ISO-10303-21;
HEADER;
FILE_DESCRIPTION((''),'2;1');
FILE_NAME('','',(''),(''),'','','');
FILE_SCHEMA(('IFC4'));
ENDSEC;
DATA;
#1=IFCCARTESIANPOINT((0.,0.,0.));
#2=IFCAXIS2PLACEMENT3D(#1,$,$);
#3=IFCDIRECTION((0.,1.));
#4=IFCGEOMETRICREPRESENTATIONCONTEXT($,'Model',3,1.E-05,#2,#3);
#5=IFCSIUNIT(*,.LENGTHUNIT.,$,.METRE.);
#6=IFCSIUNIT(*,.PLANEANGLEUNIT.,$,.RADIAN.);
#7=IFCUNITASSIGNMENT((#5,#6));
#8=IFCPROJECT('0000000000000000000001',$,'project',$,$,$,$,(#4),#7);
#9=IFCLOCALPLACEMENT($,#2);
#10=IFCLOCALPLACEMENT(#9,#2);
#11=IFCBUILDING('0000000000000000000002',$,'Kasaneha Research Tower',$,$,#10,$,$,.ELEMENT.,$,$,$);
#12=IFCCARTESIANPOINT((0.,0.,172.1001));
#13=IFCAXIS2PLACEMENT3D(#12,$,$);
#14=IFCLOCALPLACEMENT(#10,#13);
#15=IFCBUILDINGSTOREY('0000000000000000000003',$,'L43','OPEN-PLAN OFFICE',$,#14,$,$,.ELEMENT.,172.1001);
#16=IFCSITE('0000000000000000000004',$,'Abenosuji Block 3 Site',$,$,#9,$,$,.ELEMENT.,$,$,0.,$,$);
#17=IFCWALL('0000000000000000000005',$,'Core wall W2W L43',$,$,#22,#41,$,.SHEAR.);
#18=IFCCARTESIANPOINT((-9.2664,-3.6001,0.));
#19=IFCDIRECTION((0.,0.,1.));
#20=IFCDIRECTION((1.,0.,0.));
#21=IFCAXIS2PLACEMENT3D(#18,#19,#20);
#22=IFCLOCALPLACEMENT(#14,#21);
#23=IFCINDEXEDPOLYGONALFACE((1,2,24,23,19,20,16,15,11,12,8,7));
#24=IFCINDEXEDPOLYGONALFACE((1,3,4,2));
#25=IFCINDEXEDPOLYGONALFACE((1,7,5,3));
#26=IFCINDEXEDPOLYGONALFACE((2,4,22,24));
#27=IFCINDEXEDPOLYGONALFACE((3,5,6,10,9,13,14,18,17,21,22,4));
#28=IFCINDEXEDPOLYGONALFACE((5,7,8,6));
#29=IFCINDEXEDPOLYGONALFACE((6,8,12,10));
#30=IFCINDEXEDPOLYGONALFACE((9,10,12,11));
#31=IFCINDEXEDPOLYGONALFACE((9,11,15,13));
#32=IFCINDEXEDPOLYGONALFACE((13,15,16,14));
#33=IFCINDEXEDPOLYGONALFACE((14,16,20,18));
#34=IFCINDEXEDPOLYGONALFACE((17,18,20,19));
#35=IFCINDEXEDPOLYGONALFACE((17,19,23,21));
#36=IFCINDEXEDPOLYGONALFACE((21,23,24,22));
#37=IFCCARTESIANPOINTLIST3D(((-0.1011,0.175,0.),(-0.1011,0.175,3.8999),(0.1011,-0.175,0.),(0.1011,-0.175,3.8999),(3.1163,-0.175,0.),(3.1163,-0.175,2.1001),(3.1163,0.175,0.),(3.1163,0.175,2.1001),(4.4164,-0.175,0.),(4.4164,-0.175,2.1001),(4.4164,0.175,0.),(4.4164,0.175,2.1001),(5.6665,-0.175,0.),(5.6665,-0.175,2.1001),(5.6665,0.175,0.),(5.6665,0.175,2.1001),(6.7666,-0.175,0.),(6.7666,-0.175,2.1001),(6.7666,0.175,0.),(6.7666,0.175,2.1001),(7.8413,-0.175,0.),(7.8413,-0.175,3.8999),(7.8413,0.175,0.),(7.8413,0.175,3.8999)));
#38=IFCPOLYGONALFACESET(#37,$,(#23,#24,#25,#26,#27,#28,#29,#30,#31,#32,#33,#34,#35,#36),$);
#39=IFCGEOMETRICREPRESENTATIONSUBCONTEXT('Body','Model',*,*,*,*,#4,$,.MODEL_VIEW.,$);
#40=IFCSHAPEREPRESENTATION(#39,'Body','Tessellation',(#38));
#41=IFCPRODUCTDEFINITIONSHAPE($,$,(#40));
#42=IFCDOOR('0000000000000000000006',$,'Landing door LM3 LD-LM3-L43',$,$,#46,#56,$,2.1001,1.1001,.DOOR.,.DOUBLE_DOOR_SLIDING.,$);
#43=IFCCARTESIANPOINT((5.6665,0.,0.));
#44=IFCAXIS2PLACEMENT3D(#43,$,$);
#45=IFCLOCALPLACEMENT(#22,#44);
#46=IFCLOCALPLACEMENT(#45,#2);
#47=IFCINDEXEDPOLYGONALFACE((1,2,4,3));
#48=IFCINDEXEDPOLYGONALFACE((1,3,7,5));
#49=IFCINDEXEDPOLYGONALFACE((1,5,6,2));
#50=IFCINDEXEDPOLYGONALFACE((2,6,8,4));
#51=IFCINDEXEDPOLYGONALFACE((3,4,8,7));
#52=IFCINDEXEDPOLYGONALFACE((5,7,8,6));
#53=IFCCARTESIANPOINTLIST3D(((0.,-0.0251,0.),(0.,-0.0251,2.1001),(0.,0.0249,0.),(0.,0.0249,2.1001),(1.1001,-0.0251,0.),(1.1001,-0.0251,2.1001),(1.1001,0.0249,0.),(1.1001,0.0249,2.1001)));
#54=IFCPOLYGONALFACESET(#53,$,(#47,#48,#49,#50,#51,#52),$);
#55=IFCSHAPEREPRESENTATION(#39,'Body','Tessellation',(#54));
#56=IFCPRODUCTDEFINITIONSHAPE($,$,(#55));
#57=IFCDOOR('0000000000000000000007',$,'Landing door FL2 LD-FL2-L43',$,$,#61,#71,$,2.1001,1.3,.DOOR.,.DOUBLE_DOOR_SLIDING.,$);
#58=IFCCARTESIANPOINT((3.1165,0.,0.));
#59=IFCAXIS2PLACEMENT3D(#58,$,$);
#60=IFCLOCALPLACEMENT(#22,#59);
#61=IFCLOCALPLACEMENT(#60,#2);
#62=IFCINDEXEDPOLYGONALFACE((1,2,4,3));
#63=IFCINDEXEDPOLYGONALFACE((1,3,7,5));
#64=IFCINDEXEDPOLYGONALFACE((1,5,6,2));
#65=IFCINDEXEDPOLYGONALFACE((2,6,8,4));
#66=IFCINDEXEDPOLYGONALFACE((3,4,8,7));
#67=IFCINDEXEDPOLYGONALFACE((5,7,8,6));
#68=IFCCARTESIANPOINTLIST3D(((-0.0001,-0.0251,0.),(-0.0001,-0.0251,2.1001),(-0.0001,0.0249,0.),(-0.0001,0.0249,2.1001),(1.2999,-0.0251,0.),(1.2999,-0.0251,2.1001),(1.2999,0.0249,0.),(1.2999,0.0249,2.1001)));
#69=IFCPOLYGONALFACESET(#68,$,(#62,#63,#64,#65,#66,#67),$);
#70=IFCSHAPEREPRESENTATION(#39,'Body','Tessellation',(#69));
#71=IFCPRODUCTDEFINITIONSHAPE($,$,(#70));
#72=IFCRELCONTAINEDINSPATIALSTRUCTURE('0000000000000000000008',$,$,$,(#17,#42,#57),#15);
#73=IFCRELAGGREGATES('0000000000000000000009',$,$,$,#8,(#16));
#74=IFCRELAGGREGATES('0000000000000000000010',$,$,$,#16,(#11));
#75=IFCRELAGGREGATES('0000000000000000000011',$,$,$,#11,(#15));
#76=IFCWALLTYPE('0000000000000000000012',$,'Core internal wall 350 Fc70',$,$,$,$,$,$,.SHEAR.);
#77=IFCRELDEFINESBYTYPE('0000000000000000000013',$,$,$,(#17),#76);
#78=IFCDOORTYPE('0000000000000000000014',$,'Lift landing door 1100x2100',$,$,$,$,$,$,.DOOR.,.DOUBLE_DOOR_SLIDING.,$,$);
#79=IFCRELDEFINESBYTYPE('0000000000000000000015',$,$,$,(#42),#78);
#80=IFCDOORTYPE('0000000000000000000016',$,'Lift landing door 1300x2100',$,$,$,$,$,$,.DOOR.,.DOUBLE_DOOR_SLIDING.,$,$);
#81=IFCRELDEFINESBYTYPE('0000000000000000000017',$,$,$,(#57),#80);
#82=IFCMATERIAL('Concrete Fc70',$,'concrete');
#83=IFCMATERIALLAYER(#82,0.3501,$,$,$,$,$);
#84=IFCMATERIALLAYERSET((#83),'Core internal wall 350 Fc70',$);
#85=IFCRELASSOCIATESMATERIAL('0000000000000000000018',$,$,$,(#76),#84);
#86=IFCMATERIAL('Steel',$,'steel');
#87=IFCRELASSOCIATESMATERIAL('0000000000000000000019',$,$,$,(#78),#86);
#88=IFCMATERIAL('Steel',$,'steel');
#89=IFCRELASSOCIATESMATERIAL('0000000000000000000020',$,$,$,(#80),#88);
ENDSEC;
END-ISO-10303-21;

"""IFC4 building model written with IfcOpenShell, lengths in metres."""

from ifc_helpers import new_model, si_unit, direction, frame, frame_2d, origin, place, context, subcontext, project, spatial, polyline, rectangle, outline, extrude, material, layer, layer_set, type_object, element, fill, save


model = new_model("IFC4")

# Units and contexts
model_context = context("Model", 3, precision=1e-05, world=origin(), true_north=direction((0.0, 1.0)))
body_context = subcontext(model_context, "Body", "Model", "MODEL_VIEW")
ifc_project = project(units=[si_unit("LENGTHUNIT", "METRE"), si_unit("PLANEANGLEUNIT", "RADIAN")], contexts=[model_context])

# Site, building, storey
site_placement = place(None, origin())
site = spatial("IfcSite", under=ifc_project, at=site_placement, Name="Abenosuji Block 3 Site", CompositionType="ELEMENT", RefElevation=0.0)
building_placement = place(site_placement, origin())
building = spatial("IfcBuilding", under=site, at=building_placement, Name="Kasaneha Research Tower", CompositionType="ELEMENT")
storey_placement = place(building_placement, frame((0.0, 0.0, 172.1001)))
storey = spatial("IfcBuildingStorey", under=building, at=storey_placement, Name="L43", Description="OPEN-PLAN OFFICE", CompositionType="ELEMENT", Elevation=172.1001)

# Wall, openings, doors
ifc_material_1 = material(Name="Concrete Fc70", Category="concrete")
ifc_layer_1 = layer(ifc_material_1, 0.3501)
ifc_layer_set_1 = layer_set([ifc_layer_1], Name="Core internal wall 350 Fc70")
wall_type_1 = type_object("IfcWallType", Name="Core internal wall 350 Fc70", PredefinedType="SHEAR", material=ifc_layer_set_1)
wall_1_placement = place(storey_placement, frame((-9.2664, -3.6001, 0.0), z_axis=(0.0, 0.0, 1.0), x_axis=(1.0, 0.0, 0.0)))
wall_1 = element("IfcWall", 1, at=wall_1_placement, inside=storey, type_object=wall_type_1, Name="Core wall W2W L43", PredefinedType="SHEAR", context=body_context, shape_type="SweptSolid", body=[
    extrude(outline(polyline([(0.1011, -0.175), (3.1165, -0.175), (4.4165, -0.175), (5.6665, -0.175), (6.7666, -0.175), (7.8413, -0.175), (7.8413, 0.175), (6.7666, 0.175), (5.6665, 0.175), (4.4165, 0.175), (3.1165, 0.175), (-0.1011, 0.175), (0.1011, -0.175)])), origin(), (0.0, 0.0, 1.0), 3.8999),
])
opening_1_placement = place(wall_1_placement, frame((5.6665, 0.0, 0.0)))
opening_1 = element("IfcOpeningElement", 2, at=opening_1_placement, cuts=wall_1, PredefinedType="OPENING", context=body_context, shape_type="SweptSolid", body=[
    extrude(rectangle(XDim=1.1001, YDim=2.1001, at=frame_2d((0.55, 1.05))), frame((0.0, 0.1851, 0.0), z_axis=(0.0, -1.0, 0.0), x_axis=(1.0, 0.0, 0.0)), (0.0, 0.0, 1.0), 0.3701),
])
opening_2_placement = place(wall_1_placement, frame((3.1165, 0.0, 0.0)))
opening_2 = element("IfcOpeningElement", 3, at=opening_2_placement, cuts=wall_1, PredefinedType="OPENING", context=body_context, shape_type="SweptSolid", body=[
    extrude(rectangle(XDim=1.3, YDim=2.1001, at=frame_2d((0.6499, 1.05))), frame((0.0, 0.1851, 0.0), z_axis=(0.0, -1.0, 0.0), x_axis=(1.0, 0.0, 0.0)), (0.0, 0.0, 1.0), 0.3701),
])
ifc_material_2 = material(Name="Steel", Category="steel")
door_type_1 = type_object("IfcDoorType", Name="Lift landing door 1100x2100", OperationType="DOUBLE_DOOR_SLIDING", PredefinedType="DOOR", material=ifc_material_2)
door_1_placement = place(opening_1_placement, origin())
door_1 = element("IfcDoor", 4, at=door_1_placement, inside=storey, type_object=door_type_1, Name="Landing door LM3 LD-LM3-L43", OperationType="DOUBLE_DOOR_SLIDING", OverallHeight=2.1001, OverallWidth=1.1001, PredefinedType="DOOR", context=body_context, shape_type="SweptSolid", body=[
    extrude(rectangle(XDim=1.1001, YDim=2.1001, at=frame_2d((0.55, 1.05))), frame((0.0, 0.0249, 0.0), z_axis=(0.0, -1.0, 0.0), x_axis=(1.0, 0.0, 0.0)), (0.0, 0.0, 1.0), 0.05),
])
fill(opening_1, door_1)
ifc_material_3 = material(Name="Steel", Category="steel")
door_type_2 = type_object("IfcDoorType", Name="Lift landing door 1300x2100", OperationType="DOUBLE_DOOR_SLIDING", PredefinedType="DOOR", material=ifc_material_3)
door_2_placement = place(opening_2_placement, origin())
door_2 = element("IfcDoor", 5, at=door_2_placement, inside=storey, type_object=door_type_2, Name="Landing door FL2 LD-FL2-L43", OperationType="DOUBLE_DOOR_SLIDING", OverallHeight=2.1001, OverallWidth=1.3, PredefinedType="DOOR", context=body_context, shape_type="SweptSolid", body=[
    extrude(rectangle(XDim=1.3, YDim=2.1001, at=frame_2d((0.6499, 1.05))), frame((0.0, 0.0249, 0.0), z_axis=(0.0, -1.0, 0.0), x_axis=(1.0, 0.0, 0.0)), (0.0, 0.0, 1.0), 0.05),
])
fill(opening_2, door_2)

save(model, "model.ifc")
